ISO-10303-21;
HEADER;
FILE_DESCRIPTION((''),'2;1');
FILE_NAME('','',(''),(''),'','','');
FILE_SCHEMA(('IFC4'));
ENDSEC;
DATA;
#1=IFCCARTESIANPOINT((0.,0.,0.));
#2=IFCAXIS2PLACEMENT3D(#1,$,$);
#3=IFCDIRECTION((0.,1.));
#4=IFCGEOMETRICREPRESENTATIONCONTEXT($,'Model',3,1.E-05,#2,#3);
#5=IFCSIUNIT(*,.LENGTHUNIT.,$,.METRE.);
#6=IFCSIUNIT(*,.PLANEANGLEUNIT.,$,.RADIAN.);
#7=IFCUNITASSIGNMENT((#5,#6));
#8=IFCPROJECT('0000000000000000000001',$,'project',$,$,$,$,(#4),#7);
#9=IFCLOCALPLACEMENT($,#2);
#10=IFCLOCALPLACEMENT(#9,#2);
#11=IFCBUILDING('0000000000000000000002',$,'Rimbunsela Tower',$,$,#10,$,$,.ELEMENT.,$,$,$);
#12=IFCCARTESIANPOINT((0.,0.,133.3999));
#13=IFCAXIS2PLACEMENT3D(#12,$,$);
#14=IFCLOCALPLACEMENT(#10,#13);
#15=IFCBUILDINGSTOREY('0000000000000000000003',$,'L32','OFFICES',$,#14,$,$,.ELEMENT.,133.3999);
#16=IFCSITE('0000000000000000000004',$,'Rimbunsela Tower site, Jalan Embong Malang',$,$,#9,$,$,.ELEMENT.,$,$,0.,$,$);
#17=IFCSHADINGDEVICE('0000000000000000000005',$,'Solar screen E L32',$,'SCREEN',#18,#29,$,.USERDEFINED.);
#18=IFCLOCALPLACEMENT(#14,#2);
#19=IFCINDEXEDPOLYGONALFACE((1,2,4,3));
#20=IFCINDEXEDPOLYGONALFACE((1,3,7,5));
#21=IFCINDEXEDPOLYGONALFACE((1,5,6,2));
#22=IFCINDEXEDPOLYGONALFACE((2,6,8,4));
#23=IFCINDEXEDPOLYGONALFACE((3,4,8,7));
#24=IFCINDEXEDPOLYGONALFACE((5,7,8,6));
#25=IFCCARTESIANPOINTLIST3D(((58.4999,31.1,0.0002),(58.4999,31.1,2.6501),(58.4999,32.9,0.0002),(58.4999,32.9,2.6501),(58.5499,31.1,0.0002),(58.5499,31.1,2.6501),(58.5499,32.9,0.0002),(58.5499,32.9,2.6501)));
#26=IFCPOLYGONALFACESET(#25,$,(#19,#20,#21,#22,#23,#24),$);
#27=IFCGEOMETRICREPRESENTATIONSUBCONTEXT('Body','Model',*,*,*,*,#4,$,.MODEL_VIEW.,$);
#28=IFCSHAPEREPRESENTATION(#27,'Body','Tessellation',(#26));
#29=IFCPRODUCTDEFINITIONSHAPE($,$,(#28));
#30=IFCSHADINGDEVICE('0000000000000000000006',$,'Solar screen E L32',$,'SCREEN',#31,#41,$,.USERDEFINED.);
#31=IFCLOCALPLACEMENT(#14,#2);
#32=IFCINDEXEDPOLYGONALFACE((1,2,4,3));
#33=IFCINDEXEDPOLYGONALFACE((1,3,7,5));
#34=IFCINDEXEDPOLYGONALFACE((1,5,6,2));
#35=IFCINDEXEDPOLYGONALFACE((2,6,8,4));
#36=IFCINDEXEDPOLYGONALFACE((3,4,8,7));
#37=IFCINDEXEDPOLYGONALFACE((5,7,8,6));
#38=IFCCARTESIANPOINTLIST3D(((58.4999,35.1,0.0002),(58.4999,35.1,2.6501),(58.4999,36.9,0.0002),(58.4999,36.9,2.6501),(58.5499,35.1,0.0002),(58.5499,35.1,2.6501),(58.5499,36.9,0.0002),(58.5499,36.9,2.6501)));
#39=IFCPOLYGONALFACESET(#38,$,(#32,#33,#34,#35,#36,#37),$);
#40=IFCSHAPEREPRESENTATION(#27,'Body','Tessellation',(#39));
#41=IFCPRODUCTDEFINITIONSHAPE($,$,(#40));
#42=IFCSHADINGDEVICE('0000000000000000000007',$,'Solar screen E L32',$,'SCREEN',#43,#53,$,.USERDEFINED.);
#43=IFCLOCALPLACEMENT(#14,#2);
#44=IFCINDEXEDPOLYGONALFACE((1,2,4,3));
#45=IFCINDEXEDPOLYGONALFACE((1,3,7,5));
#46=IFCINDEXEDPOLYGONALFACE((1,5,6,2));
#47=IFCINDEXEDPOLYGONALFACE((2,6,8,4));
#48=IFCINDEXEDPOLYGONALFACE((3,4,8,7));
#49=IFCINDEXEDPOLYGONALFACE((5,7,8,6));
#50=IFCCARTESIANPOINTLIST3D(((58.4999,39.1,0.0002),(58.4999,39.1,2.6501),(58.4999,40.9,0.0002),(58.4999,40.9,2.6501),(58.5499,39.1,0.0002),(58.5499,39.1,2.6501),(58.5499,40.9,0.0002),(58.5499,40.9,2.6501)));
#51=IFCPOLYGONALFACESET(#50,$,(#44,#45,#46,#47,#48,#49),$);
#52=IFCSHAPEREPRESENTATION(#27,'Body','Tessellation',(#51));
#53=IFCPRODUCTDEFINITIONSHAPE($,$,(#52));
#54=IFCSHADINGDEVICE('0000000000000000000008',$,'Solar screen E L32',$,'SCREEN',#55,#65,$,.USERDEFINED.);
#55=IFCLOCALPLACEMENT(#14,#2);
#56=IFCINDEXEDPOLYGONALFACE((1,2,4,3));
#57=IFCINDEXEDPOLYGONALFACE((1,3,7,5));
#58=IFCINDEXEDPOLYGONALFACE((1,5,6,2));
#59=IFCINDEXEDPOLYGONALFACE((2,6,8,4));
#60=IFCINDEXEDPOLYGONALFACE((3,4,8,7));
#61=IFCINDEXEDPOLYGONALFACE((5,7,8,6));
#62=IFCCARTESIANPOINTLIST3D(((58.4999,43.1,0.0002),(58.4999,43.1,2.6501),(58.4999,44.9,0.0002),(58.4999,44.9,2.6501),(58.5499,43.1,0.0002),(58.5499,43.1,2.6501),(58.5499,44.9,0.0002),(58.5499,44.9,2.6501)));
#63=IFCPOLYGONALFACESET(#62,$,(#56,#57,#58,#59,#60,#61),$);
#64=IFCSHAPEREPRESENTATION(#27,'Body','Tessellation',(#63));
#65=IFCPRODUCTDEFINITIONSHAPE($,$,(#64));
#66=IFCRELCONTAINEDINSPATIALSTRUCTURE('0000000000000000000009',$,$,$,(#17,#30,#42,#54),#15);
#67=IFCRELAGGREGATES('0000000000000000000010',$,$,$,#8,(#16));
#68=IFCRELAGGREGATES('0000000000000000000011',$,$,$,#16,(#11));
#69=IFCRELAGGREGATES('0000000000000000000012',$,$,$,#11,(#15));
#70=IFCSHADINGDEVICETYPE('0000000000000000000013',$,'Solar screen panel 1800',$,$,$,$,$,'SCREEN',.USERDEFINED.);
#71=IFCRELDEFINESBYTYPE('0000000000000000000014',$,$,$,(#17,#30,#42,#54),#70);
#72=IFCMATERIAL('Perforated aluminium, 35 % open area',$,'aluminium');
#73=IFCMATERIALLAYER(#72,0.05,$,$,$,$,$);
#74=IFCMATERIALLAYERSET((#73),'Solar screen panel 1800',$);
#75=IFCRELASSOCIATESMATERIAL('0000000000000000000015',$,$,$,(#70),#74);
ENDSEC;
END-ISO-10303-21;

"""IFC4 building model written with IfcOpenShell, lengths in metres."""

from ifc_helpers import new_model, si_unit, direction, frame, origin, origin_2d, place, context, subcontext, project, spatial, rectangle, extrude, material, layer, layer_set, type_object, element, save


model = new_model("IFC4")

# Units and contexts
model_context = context("Model", 3, precision=1e-05, world=origin(), true_north=direction((0.0, 1.0)))
body_context = subcontext(model_context, "Body", "Model", "MODEL_VIEW")
ifc_project = project(units=[si_unit("LENGTHUNIT", "METRE"), si_unit("PLANEANGLEUNIT", "RADIAN")], contexts=[model_context])

# Site, building, storey
site_placement = place(None, origin())
site = spatial("IfcSite", under=ifc_project, at=site_placement, Name="Rimbunsela Tower site, Jalan Embong Malang", CompositionType="ELEMENT", RefElevation=0.0)
building_placement = place(site_placement, origin())
building = spatial("IfcBuilding", under=site, at=building_placement, Name="Rimbunsela Tower", CompositionType="ELEMENT")
storey_placement = place(building_placement, frame((0.0, 0.0, 133.3999)))
storey = spatial("IfcBuildingStorey", under=building, at=storey_placement, Name="L32", Description="OFFICES", CompositionType="ELEMENT", Elevation=133.3999)

# Shading devices
ifc_material_1 = material(Name="Perforated aluminium, 35 % open area", Category="aluminium")
ifc_layer_1 = layer(ifc_material_1, 0.05)
ifc_layer_set_1 = layer_set([ifc_layer_1], Name="Solar screen panel 1800")
shading_device_type = type_object("IfcShadingDeviceType", Name="Solar screen panel 1800", ElementType="SCREEN", PredefinedType="USERDEFINED", material=ifc_layer_set_1)
for number, where, z_axis, x_axis, name in (
    (1, (58.5249, 32.0, 0.0002), (0.0, 0.0, 1.0), (0.0, 1.0, 0.0), "Solar screen E L32"),
    (2, (58.5249, 36.0, 0.0002), (0.0, 0.0, 1.0), (0.0, 1.0, 0.0), "Solar screen E L32"),
    (3, (58.5249, 40.0, 0.0002), (0.0, 0.0, 1.0), (0.0, 1.0, 0.0), "Solar screen E L32"),
    (4, (58.5249, 44.0, 0.0002), (0.0, 0.0, 1.0), (0.0, 1.0, 0.0), "Solar screen E L32"),
):
    element("IfcShadingDevice", number, at=place(storey_placement, frame(where, z_axis=z_axis, x_axis=x_axis)), inside=storey, type_object=shading_device_type, Name=name, ObjectType="SCREEN", PredefinedType="USERDEFINED", context=body_context, shape_type="SweptSolid", body=[
        extrude(rectangle(XDim=1.8, YDim=0.05, at=origin_2d()), origin(), (0.0, 0.0, 1.0), 2.6499),
    ])

save(model, "model.ifc")
